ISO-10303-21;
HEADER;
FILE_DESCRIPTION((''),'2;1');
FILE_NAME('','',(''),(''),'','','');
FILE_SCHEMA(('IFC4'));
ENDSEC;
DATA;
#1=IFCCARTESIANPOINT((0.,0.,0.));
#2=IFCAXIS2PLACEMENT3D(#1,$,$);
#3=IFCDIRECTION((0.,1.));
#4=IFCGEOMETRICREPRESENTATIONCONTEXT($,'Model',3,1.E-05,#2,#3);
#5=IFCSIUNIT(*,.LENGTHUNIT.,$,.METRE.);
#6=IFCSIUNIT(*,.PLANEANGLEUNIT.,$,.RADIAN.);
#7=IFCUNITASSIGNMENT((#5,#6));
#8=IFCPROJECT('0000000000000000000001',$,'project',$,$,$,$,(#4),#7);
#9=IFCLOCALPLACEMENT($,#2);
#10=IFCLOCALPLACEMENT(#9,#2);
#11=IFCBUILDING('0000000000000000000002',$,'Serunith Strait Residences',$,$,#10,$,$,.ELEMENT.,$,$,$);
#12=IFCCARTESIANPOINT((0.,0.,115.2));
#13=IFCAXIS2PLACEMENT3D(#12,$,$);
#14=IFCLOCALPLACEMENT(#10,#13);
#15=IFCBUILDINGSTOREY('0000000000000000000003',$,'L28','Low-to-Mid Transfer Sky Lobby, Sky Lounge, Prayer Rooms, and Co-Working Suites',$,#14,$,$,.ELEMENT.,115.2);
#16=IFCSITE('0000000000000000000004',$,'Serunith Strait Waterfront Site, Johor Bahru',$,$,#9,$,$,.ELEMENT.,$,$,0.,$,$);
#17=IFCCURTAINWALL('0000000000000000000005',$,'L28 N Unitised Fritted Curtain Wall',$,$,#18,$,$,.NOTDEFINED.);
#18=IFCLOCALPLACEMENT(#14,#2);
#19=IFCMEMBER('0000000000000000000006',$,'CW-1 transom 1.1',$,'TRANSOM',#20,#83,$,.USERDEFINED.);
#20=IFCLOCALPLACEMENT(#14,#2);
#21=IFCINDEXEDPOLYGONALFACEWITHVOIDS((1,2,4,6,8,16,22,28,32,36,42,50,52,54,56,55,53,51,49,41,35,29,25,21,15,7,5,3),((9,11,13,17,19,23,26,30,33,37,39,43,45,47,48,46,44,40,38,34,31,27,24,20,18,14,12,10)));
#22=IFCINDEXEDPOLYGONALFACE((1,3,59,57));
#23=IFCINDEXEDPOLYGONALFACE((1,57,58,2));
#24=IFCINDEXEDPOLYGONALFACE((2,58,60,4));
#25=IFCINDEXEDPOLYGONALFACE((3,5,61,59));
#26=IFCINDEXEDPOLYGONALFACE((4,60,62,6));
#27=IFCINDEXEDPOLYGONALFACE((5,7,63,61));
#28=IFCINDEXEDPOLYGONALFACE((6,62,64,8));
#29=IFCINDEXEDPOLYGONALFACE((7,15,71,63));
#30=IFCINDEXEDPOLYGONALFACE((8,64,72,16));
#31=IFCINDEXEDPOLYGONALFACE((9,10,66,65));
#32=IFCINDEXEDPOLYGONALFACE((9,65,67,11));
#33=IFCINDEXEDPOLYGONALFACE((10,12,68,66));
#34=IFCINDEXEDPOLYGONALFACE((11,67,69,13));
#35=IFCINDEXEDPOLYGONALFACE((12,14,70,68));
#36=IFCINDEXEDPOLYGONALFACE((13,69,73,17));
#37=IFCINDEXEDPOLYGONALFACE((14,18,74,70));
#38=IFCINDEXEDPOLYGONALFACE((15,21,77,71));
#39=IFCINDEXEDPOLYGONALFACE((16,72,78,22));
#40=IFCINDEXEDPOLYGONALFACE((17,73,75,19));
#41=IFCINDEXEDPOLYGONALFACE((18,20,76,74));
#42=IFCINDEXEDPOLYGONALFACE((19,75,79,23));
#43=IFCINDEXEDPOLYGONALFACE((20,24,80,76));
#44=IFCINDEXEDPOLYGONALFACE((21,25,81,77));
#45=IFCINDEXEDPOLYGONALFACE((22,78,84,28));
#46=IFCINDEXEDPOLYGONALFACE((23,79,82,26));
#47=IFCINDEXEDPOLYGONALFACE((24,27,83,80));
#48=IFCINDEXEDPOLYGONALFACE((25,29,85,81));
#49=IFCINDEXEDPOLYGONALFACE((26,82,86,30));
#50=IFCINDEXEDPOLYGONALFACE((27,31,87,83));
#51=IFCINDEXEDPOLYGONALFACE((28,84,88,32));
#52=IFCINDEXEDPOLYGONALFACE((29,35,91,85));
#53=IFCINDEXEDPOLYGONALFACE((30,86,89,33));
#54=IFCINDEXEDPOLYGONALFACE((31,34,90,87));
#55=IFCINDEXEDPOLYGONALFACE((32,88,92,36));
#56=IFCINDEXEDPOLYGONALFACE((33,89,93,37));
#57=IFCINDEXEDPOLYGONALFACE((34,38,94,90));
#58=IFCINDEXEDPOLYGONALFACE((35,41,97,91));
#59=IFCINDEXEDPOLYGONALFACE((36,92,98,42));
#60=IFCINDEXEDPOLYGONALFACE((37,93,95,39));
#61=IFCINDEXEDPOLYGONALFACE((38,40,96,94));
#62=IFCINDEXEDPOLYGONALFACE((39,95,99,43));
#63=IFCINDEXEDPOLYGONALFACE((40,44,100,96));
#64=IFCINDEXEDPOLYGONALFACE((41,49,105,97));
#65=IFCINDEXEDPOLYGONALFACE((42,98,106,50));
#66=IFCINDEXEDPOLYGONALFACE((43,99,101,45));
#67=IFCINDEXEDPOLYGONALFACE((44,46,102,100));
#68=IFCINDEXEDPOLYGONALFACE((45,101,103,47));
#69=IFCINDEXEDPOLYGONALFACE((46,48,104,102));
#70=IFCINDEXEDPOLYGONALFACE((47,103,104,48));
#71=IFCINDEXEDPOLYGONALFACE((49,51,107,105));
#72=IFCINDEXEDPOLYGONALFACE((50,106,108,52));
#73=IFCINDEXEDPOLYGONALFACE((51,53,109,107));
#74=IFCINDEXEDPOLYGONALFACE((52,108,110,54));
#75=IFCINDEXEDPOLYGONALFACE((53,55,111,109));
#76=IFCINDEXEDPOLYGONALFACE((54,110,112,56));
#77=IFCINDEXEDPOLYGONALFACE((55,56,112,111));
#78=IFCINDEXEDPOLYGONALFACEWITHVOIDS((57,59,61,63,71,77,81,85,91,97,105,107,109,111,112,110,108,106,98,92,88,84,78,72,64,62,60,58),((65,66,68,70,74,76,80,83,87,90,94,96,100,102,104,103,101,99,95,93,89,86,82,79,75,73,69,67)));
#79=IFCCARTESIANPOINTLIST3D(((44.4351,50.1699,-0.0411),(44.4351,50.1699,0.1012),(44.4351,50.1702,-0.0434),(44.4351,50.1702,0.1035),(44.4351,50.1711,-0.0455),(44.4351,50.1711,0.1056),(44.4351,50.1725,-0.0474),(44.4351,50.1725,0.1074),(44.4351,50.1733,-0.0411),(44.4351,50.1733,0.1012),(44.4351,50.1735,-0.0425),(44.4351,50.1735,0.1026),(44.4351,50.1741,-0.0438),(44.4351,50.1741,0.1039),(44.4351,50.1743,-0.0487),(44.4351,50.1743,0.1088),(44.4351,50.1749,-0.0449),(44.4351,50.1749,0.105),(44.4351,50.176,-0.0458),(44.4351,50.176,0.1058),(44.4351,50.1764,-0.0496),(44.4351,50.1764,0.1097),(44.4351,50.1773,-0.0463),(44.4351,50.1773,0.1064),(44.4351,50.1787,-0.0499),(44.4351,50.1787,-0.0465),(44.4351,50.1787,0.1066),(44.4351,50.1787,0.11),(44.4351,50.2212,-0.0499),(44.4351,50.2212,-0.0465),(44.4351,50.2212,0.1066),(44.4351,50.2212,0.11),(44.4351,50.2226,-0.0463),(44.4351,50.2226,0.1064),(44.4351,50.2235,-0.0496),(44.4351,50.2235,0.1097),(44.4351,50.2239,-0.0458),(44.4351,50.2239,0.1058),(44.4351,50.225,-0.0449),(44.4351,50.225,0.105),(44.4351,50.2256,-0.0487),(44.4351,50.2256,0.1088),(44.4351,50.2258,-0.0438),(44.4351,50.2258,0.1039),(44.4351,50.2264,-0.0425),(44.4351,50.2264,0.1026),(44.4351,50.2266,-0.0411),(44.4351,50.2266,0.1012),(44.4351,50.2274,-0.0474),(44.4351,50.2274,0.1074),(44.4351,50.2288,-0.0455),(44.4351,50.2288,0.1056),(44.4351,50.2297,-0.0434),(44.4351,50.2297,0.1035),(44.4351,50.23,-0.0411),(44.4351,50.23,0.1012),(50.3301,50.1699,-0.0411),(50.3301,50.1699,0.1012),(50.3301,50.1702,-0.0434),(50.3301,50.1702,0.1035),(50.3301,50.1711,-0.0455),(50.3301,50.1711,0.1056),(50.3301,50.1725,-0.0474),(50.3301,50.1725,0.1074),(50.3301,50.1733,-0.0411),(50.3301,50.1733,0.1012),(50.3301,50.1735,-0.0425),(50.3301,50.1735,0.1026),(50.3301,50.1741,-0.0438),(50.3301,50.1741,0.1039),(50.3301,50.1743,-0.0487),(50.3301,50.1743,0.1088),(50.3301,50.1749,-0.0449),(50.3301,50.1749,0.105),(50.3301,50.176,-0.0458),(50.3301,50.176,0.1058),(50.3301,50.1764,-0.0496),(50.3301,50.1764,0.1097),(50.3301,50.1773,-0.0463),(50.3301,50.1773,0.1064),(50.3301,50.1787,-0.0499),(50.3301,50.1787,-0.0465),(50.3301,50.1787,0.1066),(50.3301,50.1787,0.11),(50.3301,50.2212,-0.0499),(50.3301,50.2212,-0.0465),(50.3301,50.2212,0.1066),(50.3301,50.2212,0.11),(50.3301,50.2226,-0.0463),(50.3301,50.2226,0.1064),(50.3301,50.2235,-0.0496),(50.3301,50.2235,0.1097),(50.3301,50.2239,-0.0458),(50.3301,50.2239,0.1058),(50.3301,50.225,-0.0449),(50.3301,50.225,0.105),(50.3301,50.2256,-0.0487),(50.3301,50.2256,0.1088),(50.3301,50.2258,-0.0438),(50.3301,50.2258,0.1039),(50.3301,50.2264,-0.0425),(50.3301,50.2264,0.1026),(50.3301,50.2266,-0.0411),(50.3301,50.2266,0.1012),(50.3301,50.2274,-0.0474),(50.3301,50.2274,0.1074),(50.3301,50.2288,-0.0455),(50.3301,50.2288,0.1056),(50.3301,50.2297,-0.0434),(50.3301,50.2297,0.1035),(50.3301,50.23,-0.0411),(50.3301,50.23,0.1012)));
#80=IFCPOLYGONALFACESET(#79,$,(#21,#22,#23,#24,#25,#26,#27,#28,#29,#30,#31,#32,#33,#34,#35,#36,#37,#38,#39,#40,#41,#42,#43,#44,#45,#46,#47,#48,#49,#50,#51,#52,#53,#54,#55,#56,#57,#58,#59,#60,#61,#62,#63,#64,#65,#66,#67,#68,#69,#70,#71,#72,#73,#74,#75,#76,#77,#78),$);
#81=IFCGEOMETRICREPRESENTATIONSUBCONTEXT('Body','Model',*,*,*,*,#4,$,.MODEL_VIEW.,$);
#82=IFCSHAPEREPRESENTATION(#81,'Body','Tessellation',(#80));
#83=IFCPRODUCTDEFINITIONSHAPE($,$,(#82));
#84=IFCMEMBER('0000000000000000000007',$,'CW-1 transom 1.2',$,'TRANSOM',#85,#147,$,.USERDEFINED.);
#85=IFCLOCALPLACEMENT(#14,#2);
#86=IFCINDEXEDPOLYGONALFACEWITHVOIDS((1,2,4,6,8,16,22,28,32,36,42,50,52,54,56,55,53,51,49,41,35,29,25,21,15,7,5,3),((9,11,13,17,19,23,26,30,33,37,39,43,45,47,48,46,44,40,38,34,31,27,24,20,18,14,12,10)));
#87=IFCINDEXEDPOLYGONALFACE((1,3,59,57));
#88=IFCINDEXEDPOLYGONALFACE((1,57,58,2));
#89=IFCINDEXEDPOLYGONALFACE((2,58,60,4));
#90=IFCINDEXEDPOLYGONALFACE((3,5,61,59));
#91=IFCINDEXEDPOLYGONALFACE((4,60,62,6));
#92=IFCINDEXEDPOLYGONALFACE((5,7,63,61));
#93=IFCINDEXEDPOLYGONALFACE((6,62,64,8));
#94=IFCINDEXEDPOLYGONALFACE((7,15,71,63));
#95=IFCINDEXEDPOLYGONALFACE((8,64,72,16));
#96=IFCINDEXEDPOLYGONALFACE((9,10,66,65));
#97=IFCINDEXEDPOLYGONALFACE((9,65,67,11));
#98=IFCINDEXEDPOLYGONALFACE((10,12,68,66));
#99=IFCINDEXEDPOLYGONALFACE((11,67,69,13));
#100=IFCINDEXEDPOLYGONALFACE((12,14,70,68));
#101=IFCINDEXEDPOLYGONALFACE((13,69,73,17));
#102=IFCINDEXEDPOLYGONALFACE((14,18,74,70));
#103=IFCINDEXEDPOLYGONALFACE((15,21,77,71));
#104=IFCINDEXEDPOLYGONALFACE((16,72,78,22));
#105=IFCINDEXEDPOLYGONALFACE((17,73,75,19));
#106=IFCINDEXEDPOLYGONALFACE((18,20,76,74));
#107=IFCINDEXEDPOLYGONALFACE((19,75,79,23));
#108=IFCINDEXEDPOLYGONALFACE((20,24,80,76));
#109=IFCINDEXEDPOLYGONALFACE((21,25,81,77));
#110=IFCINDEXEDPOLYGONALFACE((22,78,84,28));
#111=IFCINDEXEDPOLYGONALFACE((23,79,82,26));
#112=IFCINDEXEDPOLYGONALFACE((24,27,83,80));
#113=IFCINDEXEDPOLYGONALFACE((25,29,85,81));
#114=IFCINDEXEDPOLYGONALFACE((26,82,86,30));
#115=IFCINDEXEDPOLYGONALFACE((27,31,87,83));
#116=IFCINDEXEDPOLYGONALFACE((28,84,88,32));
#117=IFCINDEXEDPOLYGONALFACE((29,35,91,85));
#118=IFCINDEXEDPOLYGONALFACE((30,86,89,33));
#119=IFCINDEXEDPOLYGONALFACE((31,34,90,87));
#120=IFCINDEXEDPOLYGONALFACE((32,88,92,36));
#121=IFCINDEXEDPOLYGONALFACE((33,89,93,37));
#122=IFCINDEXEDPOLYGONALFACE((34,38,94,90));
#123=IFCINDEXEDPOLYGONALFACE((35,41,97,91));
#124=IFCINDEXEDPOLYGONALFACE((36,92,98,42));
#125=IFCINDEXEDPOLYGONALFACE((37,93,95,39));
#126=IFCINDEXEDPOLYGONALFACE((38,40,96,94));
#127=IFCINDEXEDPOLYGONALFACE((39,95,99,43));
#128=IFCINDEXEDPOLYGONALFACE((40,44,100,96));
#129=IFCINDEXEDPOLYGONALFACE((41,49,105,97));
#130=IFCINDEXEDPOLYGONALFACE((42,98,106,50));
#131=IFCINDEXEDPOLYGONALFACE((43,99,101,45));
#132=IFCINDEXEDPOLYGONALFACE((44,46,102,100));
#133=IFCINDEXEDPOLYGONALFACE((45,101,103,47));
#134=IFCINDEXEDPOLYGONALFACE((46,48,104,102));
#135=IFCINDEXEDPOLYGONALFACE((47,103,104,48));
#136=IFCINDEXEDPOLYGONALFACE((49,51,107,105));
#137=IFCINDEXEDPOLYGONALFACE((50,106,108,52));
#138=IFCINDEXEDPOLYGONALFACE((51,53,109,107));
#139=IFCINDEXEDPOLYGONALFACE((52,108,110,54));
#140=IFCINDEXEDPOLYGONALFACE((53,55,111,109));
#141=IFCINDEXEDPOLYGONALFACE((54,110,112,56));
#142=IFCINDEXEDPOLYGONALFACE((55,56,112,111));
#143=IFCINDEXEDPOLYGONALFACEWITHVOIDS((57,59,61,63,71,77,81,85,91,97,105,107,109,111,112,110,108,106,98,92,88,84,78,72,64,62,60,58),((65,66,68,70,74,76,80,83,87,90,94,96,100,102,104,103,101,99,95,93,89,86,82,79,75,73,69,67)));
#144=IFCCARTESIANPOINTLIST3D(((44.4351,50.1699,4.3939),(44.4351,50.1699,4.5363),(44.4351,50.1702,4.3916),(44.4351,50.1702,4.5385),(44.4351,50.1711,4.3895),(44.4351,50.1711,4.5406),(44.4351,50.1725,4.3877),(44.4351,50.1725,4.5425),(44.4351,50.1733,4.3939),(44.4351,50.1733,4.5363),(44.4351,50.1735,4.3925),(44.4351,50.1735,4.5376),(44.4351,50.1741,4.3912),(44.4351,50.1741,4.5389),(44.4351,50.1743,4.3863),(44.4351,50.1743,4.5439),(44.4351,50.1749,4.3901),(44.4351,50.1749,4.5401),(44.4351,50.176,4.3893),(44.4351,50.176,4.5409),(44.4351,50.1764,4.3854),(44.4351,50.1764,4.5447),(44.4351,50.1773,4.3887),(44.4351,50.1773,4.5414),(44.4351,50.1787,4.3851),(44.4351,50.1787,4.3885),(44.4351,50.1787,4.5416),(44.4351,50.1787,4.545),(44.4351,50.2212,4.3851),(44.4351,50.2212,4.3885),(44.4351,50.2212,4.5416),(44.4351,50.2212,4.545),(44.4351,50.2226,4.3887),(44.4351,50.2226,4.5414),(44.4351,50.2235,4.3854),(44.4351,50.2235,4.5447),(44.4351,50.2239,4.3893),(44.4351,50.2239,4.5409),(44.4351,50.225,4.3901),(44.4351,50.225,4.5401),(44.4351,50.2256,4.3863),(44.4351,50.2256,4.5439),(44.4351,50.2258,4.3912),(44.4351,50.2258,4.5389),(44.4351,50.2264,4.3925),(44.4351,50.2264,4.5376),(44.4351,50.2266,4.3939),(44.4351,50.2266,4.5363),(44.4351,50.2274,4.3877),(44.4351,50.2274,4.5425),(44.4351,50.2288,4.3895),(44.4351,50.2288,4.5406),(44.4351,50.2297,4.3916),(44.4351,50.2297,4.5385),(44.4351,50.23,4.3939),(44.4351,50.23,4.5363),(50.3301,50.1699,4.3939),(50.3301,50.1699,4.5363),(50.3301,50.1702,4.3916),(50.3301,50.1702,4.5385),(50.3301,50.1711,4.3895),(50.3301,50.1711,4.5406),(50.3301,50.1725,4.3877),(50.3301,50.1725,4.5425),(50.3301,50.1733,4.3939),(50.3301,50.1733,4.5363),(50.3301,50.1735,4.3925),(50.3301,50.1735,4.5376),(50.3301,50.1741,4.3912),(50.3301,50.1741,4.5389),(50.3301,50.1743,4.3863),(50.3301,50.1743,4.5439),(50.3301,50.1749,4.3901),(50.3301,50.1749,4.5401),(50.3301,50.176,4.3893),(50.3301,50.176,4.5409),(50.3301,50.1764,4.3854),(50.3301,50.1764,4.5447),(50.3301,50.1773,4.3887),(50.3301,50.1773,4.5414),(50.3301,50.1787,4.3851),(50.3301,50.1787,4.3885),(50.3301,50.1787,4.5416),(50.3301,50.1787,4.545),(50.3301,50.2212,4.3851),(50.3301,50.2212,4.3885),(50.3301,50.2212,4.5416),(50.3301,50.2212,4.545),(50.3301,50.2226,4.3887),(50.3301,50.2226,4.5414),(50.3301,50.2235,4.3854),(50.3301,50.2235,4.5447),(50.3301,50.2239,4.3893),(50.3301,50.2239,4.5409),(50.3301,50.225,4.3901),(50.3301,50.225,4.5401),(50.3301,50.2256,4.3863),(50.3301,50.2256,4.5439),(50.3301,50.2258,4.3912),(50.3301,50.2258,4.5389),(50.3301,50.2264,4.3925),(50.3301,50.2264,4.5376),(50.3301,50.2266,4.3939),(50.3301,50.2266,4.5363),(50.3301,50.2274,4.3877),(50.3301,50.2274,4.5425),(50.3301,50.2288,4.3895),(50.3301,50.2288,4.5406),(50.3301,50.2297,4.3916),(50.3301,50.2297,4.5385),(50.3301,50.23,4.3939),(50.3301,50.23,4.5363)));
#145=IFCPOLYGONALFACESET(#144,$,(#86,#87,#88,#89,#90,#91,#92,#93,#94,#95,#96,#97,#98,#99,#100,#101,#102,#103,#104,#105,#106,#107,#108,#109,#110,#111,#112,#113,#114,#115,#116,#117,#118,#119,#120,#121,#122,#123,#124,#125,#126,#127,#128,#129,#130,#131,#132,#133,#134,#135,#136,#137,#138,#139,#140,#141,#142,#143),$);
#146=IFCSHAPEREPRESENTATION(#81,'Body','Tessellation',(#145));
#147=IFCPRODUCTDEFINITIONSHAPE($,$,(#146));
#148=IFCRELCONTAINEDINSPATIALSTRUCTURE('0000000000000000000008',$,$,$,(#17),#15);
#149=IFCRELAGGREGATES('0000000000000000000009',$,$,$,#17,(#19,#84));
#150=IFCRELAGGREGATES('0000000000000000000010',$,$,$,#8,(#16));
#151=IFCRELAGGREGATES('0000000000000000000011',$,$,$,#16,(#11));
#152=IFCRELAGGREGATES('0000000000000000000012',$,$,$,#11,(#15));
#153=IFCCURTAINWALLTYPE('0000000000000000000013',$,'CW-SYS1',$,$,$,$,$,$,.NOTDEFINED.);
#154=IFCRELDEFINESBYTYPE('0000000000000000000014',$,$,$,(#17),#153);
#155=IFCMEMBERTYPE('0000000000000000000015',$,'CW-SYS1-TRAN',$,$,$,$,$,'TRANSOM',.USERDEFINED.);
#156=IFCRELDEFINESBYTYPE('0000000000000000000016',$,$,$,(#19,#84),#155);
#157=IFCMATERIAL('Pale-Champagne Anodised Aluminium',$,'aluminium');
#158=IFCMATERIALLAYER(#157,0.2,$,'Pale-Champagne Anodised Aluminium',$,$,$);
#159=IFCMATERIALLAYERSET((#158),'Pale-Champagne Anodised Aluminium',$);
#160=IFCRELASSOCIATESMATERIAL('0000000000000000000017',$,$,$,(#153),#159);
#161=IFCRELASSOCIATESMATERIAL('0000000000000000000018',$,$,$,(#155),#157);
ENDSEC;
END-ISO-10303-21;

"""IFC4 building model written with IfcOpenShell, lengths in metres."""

from ifc_helpers import new_model, si_unit, direction, frame, origin, origin_2d, place, context, subcontext, project, spatial, hollow_rectangle, extrude, source, transform, mapped, material, layer, layer_set, material_profile, profile_set, type_object, element, aggregate, save


model = new_model("IFC4")

# Units and contexts
model_context = context("Model", 3, precision=1e-05, world=origin(), true_north=direction((0.0, 1.0)))
body_context = subcontext(model_context, "Body", "Model", "MODEL_VIEW")
ifc_project = project(units=[si_unit("LENGTHUNIT", "METRE"), si_unit("PLANEANGLEUNIT", "RADIAN")], contexts=[model_context])

# Site, building, storey
site_placement = place(None, origin())
site = spatial("IfcSite", under=ifc_project, at=site_placement, Name="Serunith Strait Waterfront Site, Johor Bahru", CompositionType="ELEMENT", RefElevation=0.0)
building_placement = place(site_placement, origin())
building = spatial("IfcBuilding", under=site, at=building_placement, Name="Serunith Strait Residences", CompositionType="ELEMENT")
storey_placement = place(building_placement, frame((0.0, 0.0, 115.2)))
storey = spatial("IfcBuildingStorey", under=building, at=storey_placement, Name="L28", Description="Low-to-Mid Transfer Sky Lobby, Sky Lounge, Prayer Rooms, and Co-Working Suites", CompositionType="ELEMENT", Elevation=115.2)

# Curtain wall, members
ifc_material_1 = material(Name="Pale-Champagne Anodised Aluminium", Category="aluminium")
ifc_layer_1 = layer(ifc_material_1, 0.2, Name="Pale-Champagne Anodised Aluminium")
ifc_layer_set_1 = layer_set([ifc_layer_1], Name="Pale-Champagne Anodised Aluminium")
curtain_wall_type = type_object("IfcCurtainWallType", Name="CW-SYS1", PredefinedType="NOTDEFINED", material=ifc_layer_set_1)
curtain_wall_placement = place(storey_placement, origin())
curtain_wall = element("IfcCurtainWall", 1, at=curtain_wall_placement, inside=storey, type_object=curtain_wall_type, Name="L28 N Unitised Fritted Curtain Wall", PredefinedType="NOTDEFINED")
ifc_material_profile_1 = material_profile(ifc_material_1, hollow_rectangle(XDim=0.0601, YDim=0.1599, WallThickness=0.0034, InnerFilletRadius=0.0054, OuterFilletRadius=0.0088, at=origin_2d()), Name="ALU 160x60x3.5")
ifc_profile_set_1 = profile_set([ifc_material_profile_1], Name="Pale-Champagne Anodised Aluminium")
member_type_1 = type_object("IfcMemberType", Name="CW-SYS1-TRAN", ElementType="TRANSOM", PredefinedType="USERDEFINED", material=ifc_profile_set_1)
shared_shape_1 = source(origin(), body_context, "Body", "SweptSolid", [
    extrude(hollow_rectangle(XDim=0.0601, YDim=0.1599, WallThickness=0.0034, InnerFilletRadius=0.0054, OuterFilletRadius=0.0088, at=origin_2d()), origin(), (0.0, 0.0, 1.0), 5.895),
])
member_1_placement = place(storey_placement, frame((50.3301, 50.2, 0.03), z_axis=(-1.0, 0.0, 0.0), x_axis=(0.0, -1.0, 0.0)))
member_1 = element("IfcMember", 2, at=member_1_placement, type_object=member_type_1, Name="CW-1 transom 1.1", ObjectType="TRANSOM", PredefinedType="USERDEFINED", context=body_context, shape_type="MappedRepresentation", body=[
    mapped(shared_shape_1, transform((0.0, 0.0, 0.0), scale=1.0)),
])
member_2_placement = place(storey_placement, frame((50.3301, 50.2, 4.4651), z_axis=(-1.0, 0.0, 0.0), x_axis=(0.0, -1.0, 0.0)))
member_2 = element("IfcMember", 3, at=member_2_placement, type_object=member_type_1, Name="CW-1 transom 1.2", ObjectType="TRANSOM", PredefinedType="USERDEFINED", context=body_context, shape_type="MappedRepresentation", body=[
    mapped(shared_shape_1, transform((0.0, 0.0, 0.0), scale=1.0)),
])
aggregate(curtain_wall, [member_1, member_2])

save(model, "model.ifc")
